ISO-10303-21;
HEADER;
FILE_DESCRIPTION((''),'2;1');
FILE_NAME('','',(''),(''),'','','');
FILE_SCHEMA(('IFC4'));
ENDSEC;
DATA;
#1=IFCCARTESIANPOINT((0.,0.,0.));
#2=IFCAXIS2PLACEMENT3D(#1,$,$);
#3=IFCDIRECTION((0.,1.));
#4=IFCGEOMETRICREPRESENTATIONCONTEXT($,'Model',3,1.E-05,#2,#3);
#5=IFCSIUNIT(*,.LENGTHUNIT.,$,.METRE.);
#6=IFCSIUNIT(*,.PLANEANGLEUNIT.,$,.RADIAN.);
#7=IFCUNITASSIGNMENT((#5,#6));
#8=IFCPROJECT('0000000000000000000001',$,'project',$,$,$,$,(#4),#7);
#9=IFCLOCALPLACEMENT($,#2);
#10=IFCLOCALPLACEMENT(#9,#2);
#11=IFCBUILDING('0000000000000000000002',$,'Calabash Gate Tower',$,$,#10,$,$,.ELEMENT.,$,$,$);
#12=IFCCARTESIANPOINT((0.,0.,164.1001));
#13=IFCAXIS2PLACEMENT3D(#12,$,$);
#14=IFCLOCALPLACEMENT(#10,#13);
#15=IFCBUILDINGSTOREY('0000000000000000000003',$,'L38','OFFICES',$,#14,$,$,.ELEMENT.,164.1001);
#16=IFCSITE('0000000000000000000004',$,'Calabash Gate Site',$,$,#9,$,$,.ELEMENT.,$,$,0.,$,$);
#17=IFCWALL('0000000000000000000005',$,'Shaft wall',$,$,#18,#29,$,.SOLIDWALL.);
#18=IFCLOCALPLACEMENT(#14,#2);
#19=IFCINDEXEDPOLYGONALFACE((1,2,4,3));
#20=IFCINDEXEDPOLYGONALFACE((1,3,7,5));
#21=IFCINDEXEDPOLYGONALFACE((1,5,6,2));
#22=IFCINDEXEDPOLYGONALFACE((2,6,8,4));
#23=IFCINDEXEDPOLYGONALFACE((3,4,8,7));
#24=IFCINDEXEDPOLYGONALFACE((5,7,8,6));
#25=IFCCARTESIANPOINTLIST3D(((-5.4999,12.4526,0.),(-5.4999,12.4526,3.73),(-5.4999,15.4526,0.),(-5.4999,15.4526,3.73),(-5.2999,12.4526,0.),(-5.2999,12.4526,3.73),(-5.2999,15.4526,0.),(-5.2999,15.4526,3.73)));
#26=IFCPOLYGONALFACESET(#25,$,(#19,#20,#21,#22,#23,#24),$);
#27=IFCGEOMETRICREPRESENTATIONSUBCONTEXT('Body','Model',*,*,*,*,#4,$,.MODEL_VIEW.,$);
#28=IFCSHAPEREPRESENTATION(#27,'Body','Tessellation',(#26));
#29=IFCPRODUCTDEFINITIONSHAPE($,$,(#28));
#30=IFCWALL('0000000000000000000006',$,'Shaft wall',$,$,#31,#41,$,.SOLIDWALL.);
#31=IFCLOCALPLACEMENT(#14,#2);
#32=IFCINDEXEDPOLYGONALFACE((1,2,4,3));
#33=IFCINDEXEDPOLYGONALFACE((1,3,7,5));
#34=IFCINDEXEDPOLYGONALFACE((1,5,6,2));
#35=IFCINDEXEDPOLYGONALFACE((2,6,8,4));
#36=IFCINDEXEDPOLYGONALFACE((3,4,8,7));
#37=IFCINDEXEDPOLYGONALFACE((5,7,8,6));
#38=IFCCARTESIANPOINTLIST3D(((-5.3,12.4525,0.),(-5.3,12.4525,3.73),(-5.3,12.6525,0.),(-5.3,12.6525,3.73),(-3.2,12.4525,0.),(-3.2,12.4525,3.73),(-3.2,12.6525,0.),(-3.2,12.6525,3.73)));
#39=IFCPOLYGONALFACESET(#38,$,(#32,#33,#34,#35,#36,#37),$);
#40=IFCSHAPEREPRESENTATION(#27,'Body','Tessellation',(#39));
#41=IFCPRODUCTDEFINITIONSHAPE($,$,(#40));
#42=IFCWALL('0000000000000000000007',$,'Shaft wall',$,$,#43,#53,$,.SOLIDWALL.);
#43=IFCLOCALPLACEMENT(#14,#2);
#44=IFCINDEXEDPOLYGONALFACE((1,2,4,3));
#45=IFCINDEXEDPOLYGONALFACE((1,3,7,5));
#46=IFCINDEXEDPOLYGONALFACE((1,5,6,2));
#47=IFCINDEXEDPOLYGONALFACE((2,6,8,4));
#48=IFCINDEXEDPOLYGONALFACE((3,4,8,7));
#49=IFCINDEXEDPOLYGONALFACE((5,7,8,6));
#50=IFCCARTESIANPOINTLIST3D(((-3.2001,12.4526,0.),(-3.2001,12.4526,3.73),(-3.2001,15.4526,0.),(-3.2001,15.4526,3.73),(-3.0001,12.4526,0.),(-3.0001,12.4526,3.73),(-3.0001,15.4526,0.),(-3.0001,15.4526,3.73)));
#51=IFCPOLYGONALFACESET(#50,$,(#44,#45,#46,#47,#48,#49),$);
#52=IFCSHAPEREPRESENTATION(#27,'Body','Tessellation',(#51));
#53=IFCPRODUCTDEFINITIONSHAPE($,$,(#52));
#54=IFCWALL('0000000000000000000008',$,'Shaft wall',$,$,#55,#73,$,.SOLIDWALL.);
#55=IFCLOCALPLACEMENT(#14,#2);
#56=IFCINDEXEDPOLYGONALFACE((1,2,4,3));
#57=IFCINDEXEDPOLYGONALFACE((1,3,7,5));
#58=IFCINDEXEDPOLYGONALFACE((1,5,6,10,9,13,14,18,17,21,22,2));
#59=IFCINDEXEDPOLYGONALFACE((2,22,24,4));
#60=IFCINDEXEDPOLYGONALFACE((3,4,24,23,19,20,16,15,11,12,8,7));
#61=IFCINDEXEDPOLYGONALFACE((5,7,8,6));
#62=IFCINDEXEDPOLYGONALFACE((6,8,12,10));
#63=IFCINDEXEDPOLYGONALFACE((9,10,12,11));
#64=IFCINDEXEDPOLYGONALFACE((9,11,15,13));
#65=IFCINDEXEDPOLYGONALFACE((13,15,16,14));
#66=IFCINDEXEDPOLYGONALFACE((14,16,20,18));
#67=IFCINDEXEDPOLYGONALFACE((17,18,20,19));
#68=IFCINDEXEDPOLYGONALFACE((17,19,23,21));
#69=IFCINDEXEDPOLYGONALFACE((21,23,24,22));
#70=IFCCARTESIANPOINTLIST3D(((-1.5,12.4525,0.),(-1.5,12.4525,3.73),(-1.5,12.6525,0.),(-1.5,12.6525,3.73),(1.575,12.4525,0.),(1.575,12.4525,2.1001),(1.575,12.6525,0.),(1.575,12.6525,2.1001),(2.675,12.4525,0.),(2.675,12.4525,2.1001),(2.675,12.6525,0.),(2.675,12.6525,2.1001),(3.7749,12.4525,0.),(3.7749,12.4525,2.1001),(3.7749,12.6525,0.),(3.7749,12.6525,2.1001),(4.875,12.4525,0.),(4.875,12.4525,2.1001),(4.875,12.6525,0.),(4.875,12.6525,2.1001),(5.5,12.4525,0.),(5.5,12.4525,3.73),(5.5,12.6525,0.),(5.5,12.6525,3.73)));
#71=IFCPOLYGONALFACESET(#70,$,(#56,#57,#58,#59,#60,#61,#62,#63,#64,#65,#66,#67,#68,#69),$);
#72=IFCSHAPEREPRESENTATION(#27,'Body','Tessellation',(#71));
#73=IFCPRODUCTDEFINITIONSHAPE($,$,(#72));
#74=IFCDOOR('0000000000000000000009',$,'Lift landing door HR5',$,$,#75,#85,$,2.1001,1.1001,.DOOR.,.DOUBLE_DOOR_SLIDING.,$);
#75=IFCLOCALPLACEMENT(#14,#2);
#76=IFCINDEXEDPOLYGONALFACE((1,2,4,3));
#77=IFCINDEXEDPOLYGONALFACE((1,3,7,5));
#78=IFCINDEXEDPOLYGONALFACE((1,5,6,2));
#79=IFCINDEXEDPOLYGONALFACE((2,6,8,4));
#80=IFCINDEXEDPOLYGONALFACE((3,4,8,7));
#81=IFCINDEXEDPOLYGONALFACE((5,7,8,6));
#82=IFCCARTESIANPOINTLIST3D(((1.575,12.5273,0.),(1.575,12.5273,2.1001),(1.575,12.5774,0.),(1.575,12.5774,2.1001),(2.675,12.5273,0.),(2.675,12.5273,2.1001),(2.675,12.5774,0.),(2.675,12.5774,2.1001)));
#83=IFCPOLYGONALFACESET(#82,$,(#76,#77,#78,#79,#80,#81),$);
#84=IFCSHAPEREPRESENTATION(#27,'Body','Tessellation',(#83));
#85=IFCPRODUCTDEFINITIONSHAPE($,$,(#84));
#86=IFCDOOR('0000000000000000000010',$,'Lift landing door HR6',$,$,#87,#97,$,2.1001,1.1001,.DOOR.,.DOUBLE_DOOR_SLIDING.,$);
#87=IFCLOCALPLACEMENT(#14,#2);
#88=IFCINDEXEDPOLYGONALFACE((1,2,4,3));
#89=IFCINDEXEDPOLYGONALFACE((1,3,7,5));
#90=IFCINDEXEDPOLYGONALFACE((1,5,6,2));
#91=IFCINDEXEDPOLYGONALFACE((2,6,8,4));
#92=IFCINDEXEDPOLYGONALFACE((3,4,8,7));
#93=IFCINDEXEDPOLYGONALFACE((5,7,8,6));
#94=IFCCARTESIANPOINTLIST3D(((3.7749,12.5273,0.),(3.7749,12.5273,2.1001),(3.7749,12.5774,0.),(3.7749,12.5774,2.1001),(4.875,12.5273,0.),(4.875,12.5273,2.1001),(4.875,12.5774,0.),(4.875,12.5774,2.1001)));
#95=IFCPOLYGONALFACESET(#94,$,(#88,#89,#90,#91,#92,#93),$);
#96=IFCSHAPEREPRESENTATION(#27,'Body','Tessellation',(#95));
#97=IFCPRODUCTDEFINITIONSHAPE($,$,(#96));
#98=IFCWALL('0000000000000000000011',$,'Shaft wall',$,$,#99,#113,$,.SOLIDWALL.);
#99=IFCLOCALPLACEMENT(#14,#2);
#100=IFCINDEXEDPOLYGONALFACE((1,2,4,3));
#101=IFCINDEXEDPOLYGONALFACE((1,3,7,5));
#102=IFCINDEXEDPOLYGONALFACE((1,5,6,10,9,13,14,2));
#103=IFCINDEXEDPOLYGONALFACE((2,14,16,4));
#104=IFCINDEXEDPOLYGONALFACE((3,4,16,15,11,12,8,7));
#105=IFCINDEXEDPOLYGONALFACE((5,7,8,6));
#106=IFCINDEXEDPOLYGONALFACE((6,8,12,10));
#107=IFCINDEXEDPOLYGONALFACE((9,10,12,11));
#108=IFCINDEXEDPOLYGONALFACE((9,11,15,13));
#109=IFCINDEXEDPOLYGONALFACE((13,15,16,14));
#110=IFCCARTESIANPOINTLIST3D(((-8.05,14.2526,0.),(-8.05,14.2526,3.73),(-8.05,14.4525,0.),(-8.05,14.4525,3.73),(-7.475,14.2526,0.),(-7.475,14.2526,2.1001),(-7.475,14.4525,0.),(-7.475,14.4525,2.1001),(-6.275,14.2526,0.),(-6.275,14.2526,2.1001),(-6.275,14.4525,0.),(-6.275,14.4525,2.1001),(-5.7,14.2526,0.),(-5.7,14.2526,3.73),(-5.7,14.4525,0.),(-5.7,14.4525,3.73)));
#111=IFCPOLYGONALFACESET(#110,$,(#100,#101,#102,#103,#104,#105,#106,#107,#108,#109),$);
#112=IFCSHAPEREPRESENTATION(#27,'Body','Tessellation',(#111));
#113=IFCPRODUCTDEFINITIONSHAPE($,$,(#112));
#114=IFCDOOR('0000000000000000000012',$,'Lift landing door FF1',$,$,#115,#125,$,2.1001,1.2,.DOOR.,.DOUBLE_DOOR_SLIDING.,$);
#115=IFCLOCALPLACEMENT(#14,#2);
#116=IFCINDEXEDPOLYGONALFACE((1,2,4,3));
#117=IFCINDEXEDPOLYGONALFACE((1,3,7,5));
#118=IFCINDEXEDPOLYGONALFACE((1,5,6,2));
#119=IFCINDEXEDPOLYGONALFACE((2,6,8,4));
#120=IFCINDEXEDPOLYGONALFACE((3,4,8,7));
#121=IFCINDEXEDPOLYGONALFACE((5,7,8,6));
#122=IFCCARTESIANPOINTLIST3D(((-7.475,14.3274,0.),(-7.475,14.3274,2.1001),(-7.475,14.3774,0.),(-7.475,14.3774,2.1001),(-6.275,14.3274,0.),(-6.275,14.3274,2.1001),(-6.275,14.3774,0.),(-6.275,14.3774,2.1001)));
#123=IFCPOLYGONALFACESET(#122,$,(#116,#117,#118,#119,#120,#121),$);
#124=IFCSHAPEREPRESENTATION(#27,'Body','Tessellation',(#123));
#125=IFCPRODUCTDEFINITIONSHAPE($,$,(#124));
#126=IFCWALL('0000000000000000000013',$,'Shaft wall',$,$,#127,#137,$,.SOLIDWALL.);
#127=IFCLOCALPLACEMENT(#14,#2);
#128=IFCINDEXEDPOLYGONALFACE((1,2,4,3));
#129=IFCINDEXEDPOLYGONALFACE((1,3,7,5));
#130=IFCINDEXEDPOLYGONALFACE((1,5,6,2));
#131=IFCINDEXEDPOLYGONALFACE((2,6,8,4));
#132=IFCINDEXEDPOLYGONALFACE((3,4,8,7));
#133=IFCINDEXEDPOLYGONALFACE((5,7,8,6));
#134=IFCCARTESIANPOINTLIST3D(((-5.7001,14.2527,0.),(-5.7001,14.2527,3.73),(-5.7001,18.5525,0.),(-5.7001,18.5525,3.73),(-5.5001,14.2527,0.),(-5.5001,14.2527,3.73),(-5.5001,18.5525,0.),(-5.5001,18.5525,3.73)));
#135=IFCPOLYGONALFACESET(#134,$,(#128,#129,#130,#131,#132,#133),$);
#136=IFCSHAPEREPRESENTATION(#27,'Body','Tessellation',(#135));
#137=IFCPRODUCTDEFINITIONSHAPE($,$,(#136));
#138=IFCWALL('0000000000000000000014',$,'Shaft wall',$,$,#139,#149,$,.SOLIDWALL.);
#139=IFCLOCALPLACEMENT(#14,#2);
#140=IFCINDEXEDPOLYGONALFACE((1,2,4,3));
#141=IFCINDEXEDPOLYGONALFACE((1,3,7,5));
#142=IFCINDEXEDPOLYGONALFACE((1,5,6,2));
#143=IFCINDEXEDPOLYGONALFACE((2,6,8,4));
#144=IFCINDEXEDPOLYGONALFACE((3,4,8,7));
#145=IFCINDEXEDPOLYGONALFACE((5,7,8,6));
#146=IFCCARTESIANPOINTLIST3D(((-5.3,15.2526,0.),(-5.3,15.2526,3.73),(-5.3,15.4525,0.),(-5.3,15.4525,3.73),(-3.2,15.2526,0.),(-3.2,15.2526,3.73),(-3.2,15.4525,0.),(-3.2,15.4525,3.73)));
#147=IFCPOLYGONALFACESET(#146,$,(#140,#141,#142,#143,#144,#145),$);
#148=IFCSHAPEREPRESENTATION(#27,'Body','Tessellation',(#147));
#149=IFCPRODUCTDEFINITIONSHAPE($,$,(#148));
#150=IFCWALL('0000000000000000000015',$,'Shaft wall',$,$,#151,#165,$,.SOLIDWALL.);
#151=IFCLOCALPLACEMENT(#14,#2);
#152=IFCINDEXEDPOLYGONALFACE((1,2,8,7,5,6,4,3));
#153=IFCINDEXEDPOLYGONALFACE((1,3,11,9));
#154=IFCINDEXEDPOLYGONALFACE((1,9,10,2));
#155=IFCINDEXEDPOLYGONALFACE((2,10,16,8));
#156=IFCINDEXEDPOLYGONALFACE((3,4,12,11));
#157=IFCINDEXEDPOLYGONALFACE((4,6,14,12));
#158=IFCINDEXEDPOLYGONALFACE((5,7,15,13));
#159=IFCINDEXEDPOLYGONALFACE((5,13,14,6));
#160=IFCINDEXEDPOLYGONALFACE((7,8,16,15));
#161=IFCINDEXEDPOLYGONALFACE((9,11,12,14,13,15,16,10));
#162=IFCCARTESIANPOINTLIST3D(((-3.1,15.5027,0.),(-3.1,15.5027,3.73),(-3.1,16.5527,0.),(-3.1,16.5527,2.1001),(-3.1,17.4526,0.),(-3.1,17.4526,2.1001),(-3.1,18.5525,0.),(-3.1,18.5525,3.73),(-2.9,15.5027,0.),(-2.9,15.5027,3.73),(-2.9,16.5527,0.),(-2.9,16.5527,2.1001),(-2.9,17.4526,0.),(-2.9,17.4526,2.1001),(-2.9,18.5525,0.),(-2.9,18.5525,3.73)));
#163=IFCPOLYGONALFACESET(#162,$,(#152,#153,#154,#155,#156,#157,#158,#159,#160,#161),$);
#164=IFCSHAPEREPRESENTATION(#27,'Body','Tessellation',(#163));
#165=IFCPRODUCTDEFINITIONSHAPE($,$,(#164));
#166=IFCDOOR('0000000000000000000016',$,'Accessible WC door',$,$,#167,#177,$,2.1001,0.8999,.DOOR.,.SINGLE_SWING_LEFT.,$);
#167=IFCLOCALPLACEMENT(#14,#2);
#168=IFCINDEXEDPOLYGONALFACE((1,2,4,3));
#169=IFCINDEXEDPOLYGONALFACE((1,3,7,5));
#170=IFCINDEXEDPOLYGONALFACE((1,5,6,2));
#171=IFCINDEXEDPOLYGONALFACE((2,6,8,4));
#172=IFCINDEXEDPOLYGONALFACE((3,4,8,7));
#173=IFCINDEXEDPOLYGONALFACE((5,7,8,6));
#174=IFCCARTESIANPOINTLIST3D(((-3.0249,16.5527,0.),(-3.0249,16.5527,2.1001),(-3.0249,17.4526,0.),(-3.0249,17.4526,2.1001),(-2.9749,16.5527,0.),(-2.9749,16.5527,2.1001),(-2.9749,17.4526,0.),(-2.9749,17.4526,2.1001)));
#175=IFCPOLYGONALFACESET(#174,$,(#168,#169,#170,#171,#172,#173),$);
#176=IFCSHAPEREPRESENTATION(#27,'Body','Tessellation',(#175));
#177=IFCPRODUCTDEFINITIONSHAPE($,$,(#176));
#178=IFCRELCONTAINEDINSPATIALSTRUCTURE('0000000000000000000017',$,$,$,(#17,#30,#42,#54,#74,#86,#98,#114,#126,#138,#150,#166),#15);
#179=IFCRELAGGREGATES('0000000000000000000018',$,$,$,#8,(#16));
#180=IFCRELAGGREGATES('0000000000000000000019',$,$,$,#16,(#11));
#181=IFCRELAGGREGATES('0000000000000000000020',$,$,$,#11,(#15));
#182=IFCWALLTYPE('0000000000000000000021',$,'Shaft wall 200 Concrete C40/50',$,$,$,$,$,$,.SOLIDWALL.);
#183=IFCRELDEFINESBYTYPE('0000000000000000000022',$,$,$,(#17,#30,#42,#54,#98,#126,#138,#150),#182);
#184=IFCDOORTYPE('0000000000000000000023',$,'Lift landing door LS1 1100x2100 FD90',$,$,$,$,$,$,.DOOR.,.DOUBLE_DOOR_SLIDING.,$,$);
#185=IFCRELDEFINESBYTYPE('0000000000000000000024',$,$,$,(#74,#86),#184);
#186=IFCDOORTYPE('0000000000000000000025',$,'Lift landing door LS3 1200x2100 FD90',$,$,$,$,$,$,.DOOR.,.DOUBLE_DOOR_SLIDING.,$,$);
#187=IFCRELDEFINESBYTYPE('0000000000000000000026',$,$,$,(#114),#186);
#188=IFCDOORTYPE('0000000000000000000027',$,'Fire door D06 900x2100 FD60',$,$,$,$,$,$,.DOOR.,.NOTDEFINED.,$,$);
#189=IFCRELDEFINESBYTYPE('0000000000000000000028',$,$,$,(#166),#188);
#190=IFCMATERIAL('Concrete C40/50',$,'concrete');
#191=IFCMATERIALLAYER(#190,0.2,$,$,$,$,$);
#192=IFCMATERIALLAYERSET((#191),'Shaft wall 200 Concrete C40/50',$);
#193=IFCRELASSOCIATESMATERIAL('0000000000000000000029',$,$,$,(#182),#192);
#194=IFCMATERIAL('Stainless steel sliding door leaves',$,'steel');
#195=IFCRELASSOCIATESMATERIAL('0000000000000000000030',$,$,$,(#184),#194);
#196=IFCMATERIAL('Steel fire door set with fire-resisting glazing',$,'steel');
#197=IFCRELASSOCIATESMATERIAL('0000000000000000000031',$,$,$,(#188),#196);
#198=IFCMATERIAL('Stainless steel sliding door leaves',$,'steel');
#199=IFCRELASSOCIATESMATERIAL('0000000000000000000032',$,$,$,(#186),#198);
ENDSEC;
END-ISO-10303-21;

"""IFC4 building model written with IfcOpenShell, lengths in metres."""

from ifc_helpers import new_model, si_unit, direction, frame, frame_2d, origin, place, context, subcontext, project, spatial, rectangle, extrude, material, layer, layer_set, type_object, element, fill, save


model = new_model("IFC4")

# Units and contexts
model_context = context("Model", 3, precision=1e-05, world=origin(), true_north=direction((0.0, 1.0)))
body_context = subcontext(model_context, "Body", "Model", "MODEL_VIEW")
ifc_project = project(units=[si_unit("LENGTHUNIT", "METRE"), si_unit("PLANEANGLEUNIT", "RADIAN")], contexts=[model_context])

# Site, building, storey
site_placement = place(None, origin())
site = spatial("IfcSite", under=ifc_project, at=site_placement, Name="Calabash Gate Site", CompositionType="ELEMENT", RefElevation=0.0)
building_placement = place(site_placement, origin())
building = spatial("IfcBuilding", under=site, at=building_placement, Name="Calabash Gate Tower", CompositionType="ELEMENT")
storey_placement = place(building_placement, frame((0.0, 0.0, 164.1001)))
storey = spatial("IfcBuildingStorey", under=building, at=storey_placement, Name="L38", Description="OFFICES", CompositionType="ELEMENT", Elevation=164.1001)

# Shared definitions
ifc_material_1 = material(Name="Concrete C40/50", Category="concrete")
ifc_layer_1 = layer(ifc_material_1, 0.2)
ifc_layer_set_1 = layer_set([ifc_layer_1], Name="Shaft wall 200 Concrete C40/50")
wall_type_1 = type_object("IfcWallType", Name="Shaft wall 200 Concrete C40/50", PredefinedType="SOLIDWALL", material=ifc_layer_set_1)

# Shared definitions
ifc_material_2 = material(Name="Stainless steel sliding door leaves", Category="steel")
door_type_1 = type_object("IfcDoorType", Name="Lift landing door LS1 1100x2100 FD90", OperationType="DOUBLE_DOOR_SLIDING", PredefinedType="DOOR", material=ifc_material_2)

# Shared definitions
ifc_material_3 = material(Name="Steel fire door set with fire-resisting glazing", Category="steel")
door_type_2 = type_object("IfcDoorType", Name="Fire door D06 900x2100 FD60", OperationType="NOTDEFINED", PredefinedType="DOOR", material=ifc_material_3)

# Walls
wall_1_placement = place(storey_placement, frame((-5.3999, 12.4526, 0.0), z_axis=(0.0, 0.0, 1.0), x_axis=(0.0, 1.0, 0.0)))
element("IfcWall", 1, at=wall_1_placement, inside=storey, type_object=wall_type_1, Name="Shaft wall", PredefinedType="SOLIDWALL", context=body_context, shape_type="SweptSolid", body=[
    extrude(rectangle(XDim=3.0, YDim=0.2, at=frame_2d((1.5, 0.0))), origin(), (0.0, 0.0, 1.0), 3.73),
])
wall_2_placement = place(storey_placement, frame((-5.3, 12.5525, 0.0), z_axis=(0.0, 0.0, 1.0), x_axis=(1.0, 0.0, 0.0)))
element("IfcWall", 2, at=wall_2_placement, inside=storey, type_object=wall_type_1, Name="Shaft wall", PredefinedType="SOLIDWALL", context=body_context, shape_type="SweptSolid", body=[
    extrude(rectangle(XDim=2.1001, YDim=0.2, at=frame_2d((1.05, 0.0))), origin(), (0.0, 0.0, 1.0), 3.73),
])
wall_3_placement = place(storey_placement, frame((-3.1001, 12.4526, 0.0), z_axis=(0.0, 0.0, 1.0), x_axis=(0.0, 1.0, 0.0)))
element("IfcWall", 3, at=wall_3_placement, inside=storey, type_object=wall_type_1, Name="Shaft wall", PredefinedType="SOLIDWALL", context=body_context, shape_type="SweptSolid", body=[
    extrude(rectangle(XDim=3.0, YDim=0.2, at=frame_2d((1.5, 0.0))), origin(), (0.0, 0.0, 1.0), 3.73),
])

# Wall, openings, doors
wall_4_placement = place(storey_placement, frame((-1.5, 12.5525, 0.0), z_axis=(0.0, 0.0, 1.0), x_axis=(1.0, 0.0, 0.0)))
wall_4 = element("IfcWall", 4, at=wall_4_placement, inside=storey, type_object=wall_type_1, Name="Shaft wall", PredefinedType="SOLIDWALL", context=body_context, shape_type="SweptSolid", body=[
    extrude(rectangle(XDim=7.0, YDim=0.2, at=frame_2d((3.5, 0.0))), origin(), (0.0, 0.0, 1.0), 3.73),
])
opening_1_placement = place(wall_4_placement, frame((3.075, 0.0, 0.0)))
opening_1 = element("IfcOpeningElement", 5, at=opening_1_placement, cuts=wall_4, PredefinedType="OPENING", context=body_context, shape_type="SweptSolid", body=[
    extrude(rectangle(XDim=1.1001, YDim=2.1001, at=frame_2d((0.55, 1.05))), frame((0.0, 0.1099, 0.0), z_axis=(0.0, -1.0, 0.0), x_axis=(1.0, 0.0, 0.0)), (0.0, 0.0, 1.0), 0.22),
])
opening_2_placement = place(wall_4_placement, frame((5.2749, 0.0, 0.0)))
opening_2 = element("IfcOpeningElement", 6, at=opening_2_placement, cuts=wall_4, PredefinedType="OPENING", context=body_context, shape_type="SweptSolid", body=[
    extrude(rectangle(XDim=1.1001, YDim=2.1001, at=frame_2d((0.55, 1.05))), frame((0.0, 0.1099, 0.0), z_axis=(0.0, -1.0, 0.0), x_axis=(1.0, 0.0, 0.0)), (0.0, 0.0, 1.0), 0.22),
])
door_1_placement = place(opening_1_placement, origin())
door_1 = element("IfcDoor", 7, at=door_1_placement, inside=storey, type_object=door_type_1, Name="Lift landing door HR5", OperationType="DOUBLE_DOOR_SLIDING", OverallHeight=2.1001, OverallWidth=1.1001, PredefinedType="DOOR", context=body_context, shape_type="SweptSolid", body=[
    extrude(rectangle(XDim=1.1001, YDim=2.1001, at=frame_2d((0.55, 1.05))), frame((0.0, 0.0249, 0.0), z_axis=(0.0, -1.0, 0.0), x_axis=(1.0, 0.0, 0.0)), (0.0, 0.0, 1.0), 0.05),
])
fill(opening_1, door_1)
door_2_placement = place(opening_2_placement, origin())
door_2 = element("IfcDoor", 8, at=door_2_placement, inside=storey, type_object=door_type_1, Name="Lift landing door HR6", OperationType="DOUBLE_DOOR_SLIDING", OverallHeight=2.1001, OverallWidth=1.1001, PredefinedType="DOOR", context=body_context, shape_type="SweptSolid", body=[
    extrude(rectangle(XDim=1.1001, YDim=2.1001, at=frame_2d((0.55, 1.05))), frame((0.0, 0.0249, 0.0), z_axis=(0.0, -1.0, 0.0), x_axis=(1.0, 0.0, 0.0)), (0.0, 0.0, 1.0), 0.05),
])
fill(opening_2, door_2)

# Wall, opening, door
wall_5_placement = place(storey_placement, frame((-8.05, 14.3525, 0.0), z_axis=(0.0, 0.0, 1.0), x_axis=(1.0, 0.0, 0.0)))
wall_5 = element("IfcWall", 9, at=wall_5_placement, inside=storey, type_object=wall_type_1, Name="Shaft wall", PredefinedType="SOLIDWALL", context=body_context, shape_type="SweptSolid", body=[
    extrude(rectangle(XDim=2.3501, YDim=0.2, at=frame_2d((1.175, 0.0))), origin(), (0.0, 0.0, 1.0), 3.73),
])
opening_3_placement = place(wall_5_placement, frame((0.575, 0.0, 0.0)))
opening_3 = element("IfcOpeningElement", 10, at=opening_3_placement, cuts=wall_5, PredefinedType="OPENING", context=body_context, shape_type="SweptSolid", body=[
    extrude(rectangle(XDim=1.2, YDim=2.1001, at=frame_2d((0.6001, 1.05))), frame((0.0, 0.1099, 0.0), z_axis=(0.0, -1.0, 0.0), x_axis=(1.0, 0.0, 0.0)), (0.0, 0.0, 1.0), 0.22),
])
ifc_material_4 = material(Name="Stainless steel sliding door leaves", Category="steel")
door_type_3 = type_object("IfcDoorType", Name="Lift landing door LS3 1200x2100 FD90", OperationType="DOUBLE_DOOR_SLIDING", PredefinedType="DOOR", material=ifc_material_4)
door_3_placement = place(opening_3_placement, origin())
door_3 = element("IfcDoor", 11, at=door_3_placement, inside=storey, type_object=door_type_3, Name="Lift landing door FF1", OperationType="DOUBLE_DOOR_SLIDING", OverallHeight=2.1001, OverallWidth=1.2, PredefinedType="DOOR", context=body_context, shape_type="SweptSolid", body=[
    extrude(rectangle(XDim=1.2, YDim=2.1001, at=frame_2d((0.6001, 1.05))), frame((0.0, 0.0249, 0.0), z_axis=(0.0, -1.0, 0.0), x_axis=(1.0, 0.0, 0.0)), (0.0, 0.0, 1.0), 0.05),
])
fill(opening_3, door_3)

# Walls
wall_6_placement = place(storey_placement, frame((-5.6001, 14.2527, 0.0), z_axis=(0.0, 0.0, 1.0), x_axis=(0.0, 1.0, 0.0)))
element("IfcWall", 12, at=wall_6_placement, inside=storey, type_object=wall_type_1, Name="Shaft wall", PredefinedType="SOLIDWALL", context=body_context, shape_type="SweptSolid", body=[
    extrude(rectangle(XDim=4.2998, YDim=0.2, at=frame_2d((2.1499, 0.0))), origin(), (0.0, 0.0, 1.0), 3.73),
])
wall_7_placement = place(storey_placement, frame((-5.3, 15.3525, 0.0), z_axis=(0.0, 0.0, 1.0), x_axis=(1.0, 0.0, 0.0)))
element("IfcWall", 13, at=wall_7_placement, inside=storey, type_object=wall_type_1, Name="Shaft wall", PredefinedType="SOLIDWALL", context=body_context, shape_type="SweptSolid", body=[
    extrude(rectangle(XDim=2.1001, YDim=0.2, at=frame_2d((1.05, 0.0))), origin(), (0.0, 0.0, 1.0), 3.73),
])

# Wall, opening, door
wall_8_placement = place(storey_placement, frame((-3.0, 15.5027, 0.0), z_axis=(0.0, 0.0, 1.0), x_axis=(0.0, 1.0, 0.0)))
wall_8 = element("IfcWall", 14, at=wall_8_placement, inside=storey, type_object=wall_type_1, Name="Shaft wall", PredefinedType="SOLIDWALL", context=body_context, shape_type="SweptSolid", body=[
    extrude(rectangle(XDim=3.0498, YDim=0.2, at=frame_2d((1.5249, 0.0))), origin(), (0.0, 0.0, 1.0), 3.73),
])
opening_4_placement = place(wall_8_placement, frame((1.05, 0.0, 0.0)))
opening_4 = element("IfcOpeningElement", 15, at=opening_4_placement, cuts=wall_8, PredefinedType="OPENING", context=body_context, shape_type="SweptSolid", body=[
    extrude(rectangle(XDim=0.8999, YDim=2.1001, at=frame_2d((0.45, 1.05))), frame((0.0, 0.1099, 0.0), z_axis=(0.0, -1.0, 0.0), x_axis=(1.0, 0.0, 0.0)), (0.0, 0.0, 1.0), 0.22),
])
door_4_placement = place(opening_4_placement, origin())
door_4 = element("IfcDoor", 16, at=door_4_placement, inside=storey, type_object=door_type_2, Name="Accessible WC door", OperationType="SINGLE_SWING_LEFT", OverallHeight=2.1001, OverallWidth=0.8999, PredefinedType="DOOR", context=body_context, shape_type="SweptSolid", body=[
    extrude(rectangle(XDim=0.8999, YDim=2.1001, at=frame_2d((0.45, 1.05))), frame((0.0, 0.0249, 0.0), z_axis=(0.0, -1.0, 0.0), x_axis=(1.0, 0.0, 0.0)), (0.0, 0.0, 1.0), 0.05),
])
fill(opening_4, door_4)

save(model, "model.ifc")
